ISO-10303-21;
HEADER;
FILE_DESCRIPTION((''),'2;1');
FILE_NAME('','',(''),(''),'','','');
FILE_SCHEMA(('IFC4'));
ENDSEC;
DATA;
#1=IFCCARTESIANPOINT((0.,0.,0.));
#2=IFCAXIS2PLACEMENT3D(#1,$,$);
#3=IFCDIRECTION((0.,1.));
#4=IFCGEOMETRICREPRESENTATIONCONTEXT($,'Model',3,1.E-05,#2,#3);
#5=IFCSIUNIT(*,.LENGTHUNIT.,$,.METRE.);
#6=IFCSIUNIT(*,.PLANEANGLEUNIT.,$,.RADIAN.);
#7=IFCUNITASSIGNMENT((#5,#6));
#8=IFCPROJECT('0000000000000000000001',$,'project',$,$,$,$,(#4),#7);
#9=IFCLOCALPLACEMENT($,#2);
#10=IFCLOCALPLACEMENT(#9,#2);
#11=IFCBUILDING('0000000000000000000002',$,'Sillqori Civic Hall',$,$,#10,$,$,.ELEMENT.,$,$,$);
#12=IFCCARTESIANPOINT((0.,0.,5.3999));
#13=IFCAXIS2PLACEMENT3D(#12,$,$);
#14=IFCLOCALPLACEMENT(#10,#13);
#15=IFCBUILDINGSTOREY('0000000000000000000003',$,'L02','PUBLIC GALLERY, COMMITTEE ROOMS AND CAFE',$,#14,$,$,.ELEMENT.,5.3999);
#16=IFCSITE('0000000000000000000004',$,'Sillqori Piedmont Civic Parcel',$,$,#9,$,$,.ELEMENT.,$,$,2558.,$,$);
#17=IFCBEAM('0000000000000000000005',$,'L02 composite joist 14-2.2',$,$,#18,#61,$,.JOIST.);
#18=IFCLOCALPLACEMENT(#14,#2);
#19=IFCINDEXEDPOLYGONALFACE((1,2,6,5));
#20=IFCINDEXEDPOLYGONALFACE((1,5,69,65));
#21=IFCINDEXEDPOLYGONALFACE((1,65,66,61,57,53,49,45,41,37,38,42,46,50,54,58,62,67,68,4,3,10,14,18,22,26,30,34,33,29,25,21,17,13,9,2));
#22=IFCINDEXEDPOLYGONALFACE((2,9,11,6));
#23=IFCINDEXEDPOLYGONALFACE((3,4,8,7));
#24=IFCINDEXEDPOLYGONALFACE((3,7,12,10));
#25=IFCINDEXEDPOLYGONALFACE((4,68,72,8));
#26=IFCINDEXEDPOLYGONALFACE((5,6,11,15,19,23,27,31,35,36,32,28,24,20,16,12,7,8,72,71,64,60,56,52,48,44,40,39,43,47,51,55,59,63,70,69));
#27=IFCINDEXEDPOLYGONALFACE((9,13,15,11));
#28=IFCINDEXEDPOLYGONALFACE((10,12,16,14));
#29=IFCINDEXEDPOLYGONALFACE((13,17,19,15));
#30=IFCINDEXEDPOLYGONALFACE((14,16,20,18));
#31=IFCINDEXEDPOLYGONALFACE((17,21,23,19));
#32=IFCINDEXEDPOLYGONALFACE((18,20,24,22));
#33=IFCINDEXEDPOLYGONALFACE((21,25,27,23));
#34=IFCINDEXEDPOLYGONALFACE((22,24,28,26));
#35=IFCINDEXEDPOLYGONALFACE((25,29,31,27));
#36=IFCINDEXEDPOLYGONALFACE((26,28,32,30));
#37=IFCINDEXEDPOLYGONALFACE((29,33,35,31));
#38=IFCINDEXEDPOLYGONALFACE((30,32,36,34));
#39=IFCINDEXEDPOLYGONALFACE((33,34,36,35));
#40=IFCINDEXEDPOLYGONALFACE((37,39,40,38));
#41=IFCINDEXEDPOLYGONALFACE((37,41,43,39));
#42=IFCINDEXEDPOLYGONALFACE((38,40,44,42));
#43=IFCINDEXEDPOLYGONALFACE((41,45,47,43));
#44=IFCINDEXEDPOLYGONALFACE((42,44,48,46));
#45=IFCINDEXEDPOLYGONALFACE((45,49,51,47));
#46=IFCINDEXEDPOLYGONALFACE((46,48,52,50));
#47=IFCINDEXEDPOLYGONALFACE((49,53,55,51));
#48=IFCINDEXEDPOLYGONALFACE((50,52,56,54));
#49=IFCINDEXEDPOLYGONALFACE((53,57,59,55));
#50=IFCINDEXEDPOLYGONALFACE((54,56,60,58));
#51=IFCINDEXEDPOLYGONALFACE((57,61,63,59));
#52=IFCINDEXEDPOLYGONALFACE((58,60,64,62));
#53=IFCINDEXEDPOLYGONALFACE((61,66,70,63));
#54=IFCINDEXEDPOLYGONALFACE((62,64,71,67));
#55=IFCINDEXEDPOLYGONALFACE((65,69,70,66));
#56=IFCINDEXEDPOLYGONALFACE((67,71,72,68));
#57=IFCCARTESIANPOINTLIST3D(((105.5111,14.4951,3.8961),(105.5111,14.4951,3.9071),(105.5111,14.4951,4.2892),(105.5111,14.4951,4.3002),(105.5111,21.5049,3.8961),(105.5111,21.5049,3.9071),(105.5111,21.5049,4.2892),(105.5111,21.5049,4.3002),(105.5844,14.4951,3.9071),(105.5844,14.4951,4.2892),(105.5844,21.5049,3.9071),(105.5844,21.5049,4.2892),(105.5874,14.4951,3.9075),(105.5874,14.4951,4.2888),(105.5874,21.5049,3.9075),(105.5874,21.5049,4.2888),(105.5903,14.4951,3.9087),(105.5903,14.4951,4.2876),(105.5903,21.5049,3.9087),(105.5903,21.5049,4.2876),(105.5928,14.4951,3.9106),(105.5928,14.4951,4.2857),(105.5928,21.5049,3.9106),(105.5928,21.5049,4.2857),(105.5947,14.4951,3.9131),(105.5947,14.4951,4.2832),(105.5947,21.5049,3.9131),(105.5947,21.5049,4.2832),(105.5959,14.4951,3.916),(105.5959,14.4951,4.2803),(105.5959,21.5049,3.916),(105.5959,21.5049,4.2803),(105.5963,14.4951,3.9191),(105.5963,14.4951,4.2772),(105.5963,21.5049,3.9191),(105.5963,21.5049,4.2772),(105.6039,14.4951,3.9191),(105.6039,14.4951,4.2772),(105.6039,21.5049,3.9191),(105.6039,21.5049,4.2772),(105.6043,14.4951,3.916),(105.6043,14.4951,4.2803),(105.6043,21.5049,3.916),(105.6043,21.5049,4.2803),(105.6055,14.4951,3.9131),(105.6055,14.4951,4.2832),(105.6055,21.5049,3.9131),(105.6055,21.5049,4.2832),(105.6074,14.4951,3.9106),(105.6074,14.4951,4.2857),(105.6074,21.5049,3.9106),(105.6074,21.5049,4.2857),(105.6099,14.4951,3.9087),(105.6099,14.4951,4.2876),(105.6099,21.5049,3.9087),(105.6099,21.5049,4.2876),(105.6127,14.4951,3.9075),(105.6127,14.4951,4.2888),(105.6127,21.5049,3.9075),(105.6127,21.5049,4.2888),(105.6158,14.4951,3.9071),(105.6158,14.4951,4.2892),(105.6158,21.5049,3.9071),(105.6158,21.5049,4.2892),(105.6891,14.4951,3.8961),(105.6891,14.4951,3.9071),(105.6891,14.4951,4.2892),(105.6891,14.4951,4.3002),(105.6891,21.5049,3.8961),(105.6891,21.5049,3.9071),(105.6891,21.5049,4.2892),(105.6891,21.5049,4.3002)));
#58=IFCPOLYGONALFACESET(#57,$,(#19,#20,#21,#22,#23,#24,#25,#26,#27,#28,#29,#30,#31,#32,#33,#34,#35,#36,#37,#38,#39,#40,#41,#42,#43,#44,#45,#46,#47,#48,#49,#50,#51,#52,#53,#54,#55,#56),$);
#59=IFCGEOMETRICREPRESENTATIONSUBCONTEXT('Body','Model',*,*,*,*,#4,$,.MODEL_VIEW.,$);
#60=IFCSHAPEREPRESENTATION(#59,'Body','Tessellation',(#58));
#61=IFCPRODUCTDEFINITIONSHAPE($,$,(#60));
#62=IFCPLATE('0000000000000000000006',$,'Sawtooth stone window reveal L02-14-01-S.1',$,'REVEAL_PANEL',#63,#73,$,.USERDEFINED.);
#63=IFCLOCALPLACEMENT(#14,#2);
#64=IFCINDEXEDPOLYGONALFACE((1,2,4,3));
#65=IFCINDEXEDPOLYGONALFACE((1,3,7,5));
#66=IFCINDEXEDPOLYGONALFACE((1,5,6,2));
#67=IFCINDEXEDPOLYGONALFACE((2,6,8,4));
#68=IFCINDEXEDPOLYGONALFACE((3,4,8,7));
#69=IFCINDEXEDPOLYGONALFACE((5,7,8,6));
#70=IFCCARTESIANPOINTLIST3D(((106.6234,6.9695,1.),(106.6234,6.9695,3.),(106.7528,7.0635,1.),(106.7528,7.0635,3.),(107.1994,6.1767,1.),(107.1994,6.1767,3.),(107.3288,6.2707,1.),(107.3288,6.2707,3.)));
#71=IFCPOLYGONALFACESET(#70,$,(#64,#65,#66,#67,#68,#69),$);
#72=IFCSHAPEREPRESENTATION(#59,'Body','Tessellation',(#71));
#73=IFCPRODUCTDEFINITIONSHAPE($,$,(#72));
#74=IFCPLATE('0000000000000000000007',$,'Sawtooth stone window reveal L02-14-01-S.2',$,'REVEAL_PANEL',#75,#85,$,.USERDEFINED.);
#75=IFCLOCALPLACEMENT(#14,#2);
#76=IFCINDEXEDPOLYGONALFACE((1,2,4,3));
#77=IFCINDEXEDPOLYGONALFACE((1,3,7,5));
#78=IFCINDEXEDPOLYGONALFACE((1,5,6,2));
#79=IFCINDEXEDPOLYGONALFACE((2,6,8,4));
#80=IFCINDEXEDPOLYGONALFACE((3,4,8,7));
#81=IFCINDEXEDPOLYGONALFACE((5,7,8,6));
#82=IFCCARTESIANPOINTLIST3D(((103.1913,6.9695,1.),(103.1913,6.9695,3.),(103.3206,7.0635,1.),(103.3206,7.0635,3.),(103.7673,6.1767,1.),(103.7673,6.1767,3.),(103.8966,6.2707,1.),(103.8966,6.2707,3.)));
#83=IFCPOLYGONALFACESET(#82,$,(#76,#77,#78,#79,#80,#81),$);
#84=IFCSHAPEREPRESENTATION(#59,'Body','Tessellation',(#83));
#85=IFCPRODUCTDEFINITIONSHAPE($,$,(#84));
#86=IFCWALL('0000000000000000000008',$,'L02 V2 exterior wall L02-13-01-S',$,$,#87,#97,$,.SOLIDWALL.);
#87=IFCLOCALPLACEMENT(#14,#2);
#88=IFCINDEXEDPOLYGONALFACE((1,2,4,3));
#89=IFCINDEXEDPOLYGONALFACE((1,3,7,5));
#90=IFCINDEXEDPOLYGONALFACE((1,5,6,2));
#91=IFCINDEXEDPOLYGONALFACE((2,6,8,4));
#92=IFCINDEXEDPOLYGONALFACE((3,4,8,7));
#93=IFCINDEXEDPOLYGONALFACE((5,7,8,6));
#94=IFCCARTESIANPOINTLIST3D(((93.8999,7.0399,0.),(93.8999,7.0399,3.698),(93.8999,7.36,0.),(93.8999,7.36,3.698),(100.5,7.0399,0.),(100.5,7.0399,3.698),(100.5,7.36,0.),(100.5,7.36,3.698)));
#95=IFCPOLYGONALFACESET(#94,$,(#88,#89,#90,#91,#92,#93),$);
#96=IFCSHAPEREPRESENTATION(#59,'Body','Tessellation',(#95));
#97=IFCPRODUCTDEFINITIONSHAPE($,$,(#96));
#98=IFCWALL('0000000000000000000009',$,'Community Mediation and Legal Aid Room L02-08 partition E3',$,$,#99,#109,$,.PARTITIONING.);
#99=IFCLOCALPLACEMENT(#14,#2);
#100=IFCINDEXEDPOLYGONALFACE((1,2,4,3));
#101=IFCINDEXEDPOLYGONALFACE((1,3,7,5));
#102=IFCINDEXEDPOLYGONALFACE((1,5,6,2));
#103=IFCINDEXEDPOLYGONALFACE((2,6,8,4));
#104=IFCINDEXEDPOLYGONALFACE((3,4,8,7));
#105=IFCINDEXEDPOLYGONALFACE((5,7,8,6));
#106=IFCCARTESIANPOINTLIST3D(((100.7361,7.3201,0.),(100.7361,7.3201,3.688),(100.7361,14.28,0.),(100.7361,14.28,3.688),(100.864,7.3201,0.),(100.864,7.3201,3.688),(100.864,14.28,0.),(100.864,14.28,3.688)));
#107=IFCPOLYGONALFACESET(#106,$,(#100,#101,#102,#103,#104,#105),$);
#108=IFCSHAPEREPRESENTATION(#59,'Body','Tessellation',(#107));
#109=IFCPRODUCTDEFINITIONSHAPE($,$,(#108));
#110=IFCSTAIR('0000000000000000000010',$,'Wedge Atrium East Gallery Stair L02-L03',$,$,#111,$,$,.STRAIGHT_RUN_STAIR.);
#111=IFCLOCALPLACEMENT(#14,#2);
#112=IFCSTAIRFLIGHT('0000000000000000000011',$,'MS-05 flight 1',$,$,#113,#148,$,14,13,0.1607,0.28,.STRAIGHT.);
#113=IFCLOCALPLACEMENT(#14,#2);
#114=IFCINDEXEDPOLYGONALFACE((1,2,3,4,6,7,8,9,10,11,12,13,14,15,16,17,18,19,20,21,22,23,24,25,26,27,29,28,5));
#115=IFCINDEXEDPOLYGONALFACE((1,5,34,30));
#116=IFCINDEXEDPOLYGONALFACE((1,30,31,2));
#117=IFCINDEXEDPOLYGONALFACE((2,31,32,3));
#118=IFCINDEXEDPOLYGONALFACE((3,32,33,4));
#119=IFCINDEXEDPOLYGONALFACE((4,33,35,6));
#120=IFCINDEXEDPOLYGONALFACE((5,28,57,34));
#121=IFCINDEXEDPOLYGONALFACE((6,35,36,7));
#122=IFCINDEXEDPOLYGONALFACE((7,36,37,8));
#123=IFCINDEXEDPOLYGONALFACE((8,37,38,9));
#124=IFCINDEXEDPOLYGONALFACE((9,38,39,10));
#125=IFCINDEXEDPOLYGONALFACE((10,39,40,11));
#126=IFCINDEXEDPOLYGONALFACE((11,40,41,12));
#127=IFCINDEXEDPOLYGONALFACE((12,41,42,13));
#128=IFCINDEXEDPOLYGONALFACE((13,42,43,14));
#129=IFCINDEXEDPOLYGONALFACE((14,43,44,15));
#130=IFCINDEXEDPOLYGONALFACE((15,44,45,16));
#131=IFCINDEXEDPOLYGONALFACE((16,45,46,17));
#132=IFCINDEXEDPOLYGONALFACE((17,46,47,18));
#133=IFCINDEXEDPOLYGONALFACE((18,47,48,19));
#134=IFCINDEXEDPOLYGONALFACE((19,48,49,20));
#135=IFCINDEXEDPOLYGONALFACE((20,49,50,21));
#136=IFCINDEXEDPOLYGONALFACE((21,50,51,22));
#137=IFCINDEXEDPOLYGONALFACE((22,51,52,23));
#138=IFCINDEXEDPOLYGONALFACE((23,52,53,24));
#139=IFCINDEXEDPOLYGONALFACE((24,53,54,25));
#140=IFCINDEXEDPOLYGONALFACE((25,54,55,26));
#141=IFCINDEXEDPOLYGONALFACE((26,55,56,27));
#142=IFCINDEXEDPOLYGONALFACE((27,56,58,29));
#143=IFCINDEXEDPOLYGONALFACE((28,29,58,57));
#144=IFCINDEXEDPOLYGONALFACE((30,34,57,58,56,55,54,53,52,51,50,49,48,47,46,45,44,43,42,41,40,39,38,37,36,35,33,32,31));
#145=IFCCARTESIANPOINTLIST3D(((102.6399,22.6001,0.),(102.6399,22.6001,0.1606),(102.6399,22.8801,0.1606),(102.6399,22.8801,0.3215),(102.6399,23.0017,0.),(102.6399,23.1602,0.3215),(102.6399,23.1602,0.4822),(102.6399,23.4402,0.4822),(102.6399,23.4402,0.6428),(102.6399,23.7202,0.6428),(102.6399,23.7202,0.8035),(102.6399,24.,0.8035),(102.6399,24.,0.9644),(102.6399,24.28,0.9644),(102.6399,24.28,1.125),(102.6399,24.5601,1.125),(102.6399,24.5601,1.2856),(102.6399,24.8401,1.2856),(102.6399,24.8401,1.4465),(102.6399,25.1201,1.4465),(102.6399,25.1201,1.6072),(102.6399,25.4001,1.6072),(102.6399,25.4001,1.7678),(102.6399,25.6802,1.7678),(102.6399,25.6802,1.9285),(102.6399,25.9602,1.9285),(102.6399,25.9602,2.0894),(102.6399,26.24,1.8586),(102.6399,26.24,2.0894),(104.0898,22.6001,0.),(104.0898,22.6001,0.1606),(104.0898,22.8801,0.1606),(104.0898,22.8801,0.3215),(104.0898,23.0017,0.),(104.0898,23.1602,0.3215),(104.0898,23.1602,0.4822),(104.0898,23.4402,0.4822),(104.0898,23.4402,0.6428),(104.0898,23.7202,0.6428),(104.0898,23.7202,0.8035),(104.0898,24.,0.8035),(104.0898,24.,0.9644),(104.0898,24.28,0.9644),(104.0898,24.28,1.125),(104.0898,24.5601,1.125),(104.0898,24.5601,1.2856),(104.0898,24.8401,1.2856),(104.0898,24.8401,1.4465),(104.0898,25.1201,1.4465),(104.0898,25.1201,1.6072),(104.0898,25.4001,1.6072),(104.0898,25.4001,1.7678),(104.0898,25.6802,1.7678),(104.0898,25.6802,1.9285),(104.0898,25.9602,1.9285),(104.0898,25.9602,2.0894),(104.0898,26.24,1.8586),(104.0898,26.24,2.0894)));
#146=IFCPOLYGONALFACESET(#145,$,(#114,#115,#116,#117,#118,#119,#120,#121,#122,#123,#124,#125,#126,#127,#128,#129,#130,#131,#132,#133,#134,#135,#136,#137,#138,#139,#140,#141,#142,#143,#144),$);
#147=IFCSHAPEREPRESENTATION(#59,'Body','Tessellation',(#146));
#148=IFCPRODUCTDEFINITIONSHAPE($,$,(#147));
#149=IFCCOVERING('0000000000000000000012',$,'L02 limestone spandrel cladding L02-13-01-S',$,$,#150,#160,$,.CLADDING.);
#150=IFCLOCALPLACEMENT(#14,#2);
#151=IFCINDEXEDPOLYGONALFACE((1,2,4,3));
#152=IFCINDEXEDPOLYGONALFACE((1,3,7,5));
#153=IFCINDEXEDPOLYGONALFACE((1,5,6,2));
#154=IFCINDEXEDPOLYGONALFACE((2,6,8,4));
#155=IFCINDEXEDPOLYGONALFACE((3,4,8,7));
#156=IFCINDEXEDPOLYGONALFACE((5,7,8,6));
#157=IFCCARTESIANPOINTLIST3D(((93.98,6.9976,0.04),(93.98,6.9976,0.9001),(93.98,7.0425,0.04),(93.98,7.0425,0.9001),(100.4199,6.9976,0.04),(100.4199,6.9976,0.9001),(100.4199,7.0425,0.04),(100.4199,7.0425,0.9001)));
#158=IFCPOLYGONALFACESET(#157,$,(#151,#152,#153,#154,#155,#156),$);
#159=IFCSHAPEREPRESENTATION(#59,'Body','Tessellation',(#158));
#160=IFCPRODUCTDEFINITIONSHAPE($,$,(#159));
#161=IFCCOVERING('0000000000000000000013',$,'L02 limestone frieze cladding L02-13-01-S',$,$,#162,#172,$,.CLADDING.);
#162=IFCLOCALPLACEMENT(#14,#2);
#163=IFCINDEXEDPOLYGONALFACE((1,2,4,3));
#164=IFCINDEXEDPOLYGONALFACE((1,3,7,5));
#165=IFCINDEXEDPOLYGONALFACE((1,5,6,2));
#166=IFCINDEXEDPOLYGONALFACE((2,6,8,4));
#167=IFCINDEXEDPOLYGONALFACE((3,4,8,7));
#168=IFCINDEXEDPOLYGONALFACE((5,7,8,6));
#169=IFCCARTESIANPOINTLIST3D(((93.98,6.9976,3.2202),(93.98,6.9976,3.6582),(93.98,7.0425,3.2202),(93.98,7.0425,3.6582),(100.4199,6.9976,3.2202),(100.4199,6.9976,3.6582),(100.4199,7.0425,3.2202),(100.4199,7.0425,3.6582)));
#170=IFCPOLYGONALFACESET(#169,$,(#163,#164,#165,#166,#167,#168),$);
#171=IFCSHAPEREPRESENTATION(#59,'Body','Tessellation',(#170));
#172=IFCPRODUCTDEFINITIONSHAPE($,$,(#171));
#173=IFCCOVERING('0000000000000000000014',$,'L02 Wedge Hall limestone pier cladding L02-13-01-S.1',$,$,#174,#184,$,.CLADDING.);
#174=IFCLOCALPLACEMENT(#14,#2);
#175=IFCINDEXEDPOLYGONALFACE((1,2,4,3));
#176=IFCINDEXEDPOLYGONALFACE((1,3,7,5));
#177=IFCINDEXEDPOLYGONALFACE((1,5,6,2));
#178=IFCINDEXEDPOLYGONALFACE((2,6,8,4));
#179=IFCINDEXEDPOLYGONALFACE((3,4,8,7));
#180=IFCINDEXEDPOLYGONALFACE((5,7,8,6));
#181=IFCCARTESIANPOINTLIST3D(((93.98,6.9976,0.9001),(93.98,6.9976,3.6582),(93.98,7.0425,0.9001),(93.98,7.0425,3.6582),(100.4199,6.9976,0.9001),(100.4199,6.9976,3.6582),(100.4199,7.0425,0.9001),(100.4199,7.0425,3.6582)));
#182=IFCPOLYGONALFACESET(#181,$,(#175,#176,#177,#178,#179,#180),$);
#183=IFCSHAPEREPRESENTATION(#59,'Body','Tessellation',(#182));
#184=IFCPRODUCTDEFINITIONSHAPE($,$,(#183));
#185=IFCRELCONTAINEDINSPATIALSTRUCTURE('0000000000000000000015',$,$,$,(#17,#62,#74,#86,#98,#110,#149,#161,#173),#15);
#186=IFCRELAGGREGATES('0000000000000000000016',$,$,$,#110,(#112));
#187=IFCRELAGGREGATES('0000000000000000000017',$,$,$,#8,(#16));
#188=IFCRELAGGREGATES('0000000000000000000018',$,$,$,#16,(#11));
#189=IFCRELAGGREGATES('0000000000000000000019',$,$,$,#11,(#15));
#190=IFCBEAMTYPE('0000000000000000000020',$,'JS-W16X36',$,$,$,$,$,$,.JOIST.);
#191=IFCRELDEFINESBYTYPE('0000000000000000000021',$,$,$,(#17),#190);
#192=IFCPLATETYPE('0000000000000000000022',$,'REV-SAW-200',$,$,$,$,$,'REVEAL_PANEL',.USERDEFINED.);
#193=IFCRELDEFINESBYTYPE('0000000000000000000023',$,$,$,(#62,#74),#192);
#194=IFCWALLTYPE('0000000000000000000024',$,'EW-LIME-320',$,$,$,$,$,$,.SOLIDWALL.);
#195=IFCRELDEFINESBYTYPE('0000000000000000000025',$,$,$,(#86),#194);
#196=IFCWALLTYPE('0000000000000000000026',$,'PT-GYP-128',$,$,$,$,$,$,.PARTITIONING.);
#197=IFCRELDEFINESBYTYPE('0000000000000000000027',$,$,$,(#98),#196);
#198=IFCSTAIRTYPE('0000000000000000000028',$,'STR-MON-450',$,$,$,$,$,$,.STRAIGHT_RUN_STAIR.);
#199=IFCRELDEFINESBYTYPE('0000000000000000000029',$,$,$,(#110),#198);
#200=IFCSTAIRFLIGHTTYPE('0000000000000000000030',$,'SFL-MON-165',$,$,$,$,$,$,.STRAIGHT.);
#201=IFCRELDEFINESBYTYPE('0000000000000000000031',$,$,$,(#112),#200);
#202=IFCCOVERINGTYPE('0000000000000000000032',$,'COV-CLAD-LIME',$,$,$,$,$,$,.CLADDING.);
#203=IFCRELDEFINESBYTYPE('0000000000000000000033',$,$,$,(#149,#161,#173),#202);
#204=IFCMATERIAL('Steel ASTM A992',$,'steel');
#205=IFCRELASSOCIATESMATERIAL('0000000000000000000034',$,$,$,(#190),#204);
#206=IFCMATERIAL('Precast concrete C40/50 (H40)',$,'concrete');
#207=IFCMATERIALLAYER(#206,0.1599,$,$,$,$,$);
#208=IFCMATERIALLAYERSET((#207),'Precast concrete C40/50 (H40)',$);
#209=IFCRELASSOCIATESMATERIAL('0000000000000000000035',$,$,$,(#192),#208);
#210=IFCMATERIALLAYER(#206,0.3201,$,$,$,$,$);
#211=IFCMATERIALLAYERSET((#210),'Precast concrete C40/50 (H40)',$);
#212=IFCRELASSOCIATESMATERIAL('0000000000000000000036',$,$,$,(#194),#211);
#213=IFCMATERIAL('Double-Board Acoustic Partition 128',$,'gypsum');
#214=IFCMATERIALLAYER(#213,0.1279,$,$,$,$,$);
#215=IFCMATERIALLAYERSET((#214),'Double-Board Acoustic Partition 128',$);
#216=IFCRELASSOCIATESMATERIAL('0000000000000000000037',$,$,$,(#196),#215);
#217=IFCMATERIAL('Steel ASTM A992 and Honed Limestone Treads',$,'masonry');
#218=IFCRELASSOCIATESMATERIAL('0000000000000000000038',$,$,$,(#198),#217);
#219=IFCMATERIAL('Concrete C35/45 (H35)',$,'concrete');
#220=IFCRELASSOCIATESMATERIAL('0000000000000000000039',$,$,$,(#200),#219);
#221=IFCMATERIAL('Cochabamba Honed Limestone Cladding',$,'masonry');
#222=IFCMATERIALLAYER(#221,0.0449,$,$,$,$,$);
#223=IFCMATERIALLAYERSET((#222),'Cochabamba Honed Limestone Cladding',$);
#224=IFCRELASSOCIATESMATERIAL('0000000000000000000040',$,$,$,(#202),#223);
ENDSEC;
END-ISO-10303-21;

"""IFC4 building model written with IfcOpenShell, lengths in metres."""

from ifc_helpers import new_model, si_unit, direction, frame, frame_2d, origin, origin_2d, place, context, subcontext, project, spatial, polyline, rectangle, i_section, outline, extrude, material, layer, layer_set, material_profile, profile_set, type_object, element, aggregate, save


model = new_model("IFC4")

# Units and contexts
model_context = context("Model", 3, precision=1e-05, world=origin(), true_north=direction((0.0, 1.0)))
body_context = subcontext(model_context, "Body", "Model", "MODEL_VIEW")
ifc_project = project(units=[si_unit("LENGTHUNIT", "METRE"), si_unit("PLANEANGLEUNIT", "RADIAN")], contexts=[model_context])

# Site, building, storey
site_placement = place(None, origin())
site = spatial("IfcSite", under=ifc_project, at=site_placement, Name="Sillqori Piedmont Civic Parcel", CompositionType="ELEMENT", RefElevation=2558.0)
building_placement = place(site_placement, origin())
building = spatial("IfcBuilding", under=site, at=building_placement, Name="Sillqori Civic Hall", CompositionType="ELEMENT")
storey_placement = place(building_placement, frame((0.0, 0.0, 5.3999)))
storey = spatial("IfcBuildingStorey", under=building, at=storey_placement, Name="L02", Description="PUBLIC GALLERY, COMMITTEE ROOMS AND CAFE", CompositionType="ELEMENT", Elevation=5.3999)

# Shared definitions
ifc_material_1 = material(Name="Concrete C35/45 (H35)", Category="concrete")
ifc_material_2 = material(Name="Steel ASTM A992", Category="steel")

# Beam
ifc_material_profile_1 = material_profile(ifc_material_2, i_section(OverallWidth=0.178, OverallDepth=0.4041, WebThickness=0.0076, FlangeThickness=0.011, FilletRadius=0.012, at=origin_2d()), Name="W16X36")
ifc_profile_set_1 = profile_set([ifc_material_profile_1], Name="Steel ASTM A992")
beam_type_1 = type_object("IfcBeamType", Name="JS-W16X36", PredefinedType="JOIST", material=ifc_profile_set_1)
for number, where, z_axis, x_axis, name in (
    (1, (105.6001, 14.4951, 4.0981), (0.0, 1.0, 0.0), (-1.0, 0.0, 0.0), "L02 composite joist 14-2.2"),
):
    element("IfcBeam", number, at=place(storey_placement, frame(where, z_axis=z_axis, x_axis=x_axis)), inside=storey, type_object=beam_type_1, Name=name, PredefinedType="JOIST", context=body_context, shape_type="SweptSolid", body=[
        extrude(i_section(OverallWidth=0.178, OverallDepth=0.4041, WebThickness=0.0076, FlangeThickness=0.011, FilletRadius=0.012, at=origin_2d()), origin(), (0.0, 0.0, 1.0), 7.0098),
    ])

# Plates
ifc_material_3 = material(Name="Precast concrete C40/50 (H40)", Category="concrete")
ifc_layer_1 = layer(ifc_material_3, 0.1599)
ifc_layer_set_1 = layer_set([ifc_layer_1], Name="Precast concrete C40/50 (H40)")
plate_type = type_object("IfcPlateType", Name="REV-SAW-200", ElementType="REVEAL_PANEL", PredefinedType="USERDEFINED", material=ifc_layer_set_1)
for number, where, z_axis, x_axis, name in (
    (2, (106.9761, 6.6201, 1.0), (0.0, 0.0, 1.0), (-0.809017, -0.587785, 0.0), "Sawtooth stone window reveal L02-14-01-S.1"),
    (3, (103.5439, 6.6201, 1.0), (0.0, 0.0, 1.0), (-0.809017, -0.587785, 0.0), "Sawtooth stone window reveal L02-14-01-S.2"),
):
    element("IfcPlate", number, at=place(storey_placement, frame(where, z_axis=z_axis, x_axis=x_axis)), inside=storey, type_object=plate_type, Name=name, ObjectType="REVEAL_PANEL", PredefinedType="USERDEFINED", context=body_context, shape_type="SweptSolid", body=[
        extrude(rectangle(XDim=0.1599, YDim=0.98, at=origin_2d()), origin(), (0.0, 0.0, 1.0), 2.0),
    ])

# Walls
ifc_layer_2 = layer(ifc_material_3, 0.3201)
ifc_layer_set_2 = layer_set([ifc_layer_2], Name="Precast concrete C40/50 (H40)")
wall_type_1 = type_object("IfcWallType", Name="EW-LIME-320", PredefinedType="SOLIDWALL", material=ifc_layer_set_2)
wall_1_placement = place(storey_placement, frame((100.5, 7.2, 0.0), z_axis=(0.0, 0.0, 1.0), x_axis=(-1.0, 0.0, 0.0)))
element("IfcWall", 4, at=wall_1_placement, inside=storey, type_object=wall_type_1, Name="L02 V2 exterior wall L02-13-01-S", PredefinedType="SOLIDWALL", context=body_context, shape_type="SweptSolid", body=[
    extrude(rectangle(XDim=6.6001, YDim=0.3201, at=frame_2d((3.3, 0.0))), origin(), (0.0, 0.0, 1.0), 3.698),
])
ifc_material_4 = material(Name="Double-Board Acoustic Partition 128", Category="gypsum")
ifc_layer_3 = layer(ifc_material_4, 0.1279)
ifc_layer_set_3 = layer_set([ifc_layer_3], Name="Double-Board Acoustic Partition 128")
wall_type_2 = type_object("IfcWallType", Name="PT-GYP-128", PredefinedType="PARTITIONING", material=ifc_layer_set_3)
wall_2_placement = place(storey_placement, frame((100.8, 14.28, 0.0), z_axis=(0.0, 0.0, 1.0), x_axis=(0.0, -1.0, 0.0)))
element("IfcWall", 5, at=wall_2_placement, inside=storey, type_object=wall_type_2, Name="Community Mediation and Legal Aid Room L02-08 partition E3", PredefinedType="PARTITIONING", context=body_context, shape_type="SweptSolid", body=[
    extrude(rectangle(XDim=6.96, YDim=0.1279, at=frame_2d((3.48, 0.0))), origin(), (0.0, 0.0, 1.0), 3.688),
])

# Stair, stair flight
ifc_material_5 = material(Name="Steel ASTM A992 and Honed Limestone Treads", Category="masonry")
stair_type = type_object("IfcStairType", Name="STR-MON-450", PredefinedType="STRAIGHT_RUN_STAIR", material=ifc_material_5)
stair_placement = place(storey_placement, origin())
stair = element("IfcStair", 6, at=stair_placement, inside=storey, type_object=stair_type, Name="Wedge Atrium East Gallery Stair L02-L03", PredefinedType="STRAIGHT_RUN_STAIR")
stair_flight_type = type_object("IfcStairFlightType", Name="SFL-MON-165", PredefinedType="STRAIGHT", material=ifc_material_1)
stair_flight_placement = place(storey_placement, frame((103.365, 22.6001, 0.0), z_axis=(0.0, 0.0, 1.0), x_axis=(0.0, 1.0, 0.0)))
stair_flight = element("IfcStairFlight", 7, at=stair_flight_placement, type_object=stair_flight_type, Name="MS-05 flight 1", NumberOfRisers=14, NumberOfTreads=13, PredefinedType="STRAIGHT", RiserHeight=0.1607, TreadLength=0.28, context=body_context, shape_type="SweptSolid", body=[
    extrude(outline(polyline([(0.0, 0.0), (0.0, 0.1606), (0.28, 0.1606), (0.28, 0.3215), (0.5601, 0.3215), (0.5601, 0.4822), (0.8401, 0.4822), (0.8401, 0.6428), (1.1201, 0.6428), (1.1201, 0.8035), (1.3999, 0.8035), (1.3999, 0.9644), (1.6799, 0.9644), (1.6799, 1.125), (1.96, 1.125), (1.96, 1.2856), (2.24, 1.2856), (2.24, 1.4465), (2.52, 1.4465), (2.52, 1.6072), (2.8, 1.6072), (2.8, 1.7678), (3.0801, 1.7678), (3.0801, 1.9285), (3.3601, 1.9285), (3.3601, 2.0894), (3.6399, 2.0894), (3.6399, 2.25), (3.6399, 1.8586), (0.4016, 0.0), (0.0, 0.0)])), frame((0.0, 0.7251, 0.0), z_axis=(0.0, -1.0, 0.0), x_axis=(1.0, 0.0, 0.0)), (0.0, 0.0, 1.0), 1.45),
])
aggregate(stair, [stair_flight])

# Coverings
ifc_material_6 = material(Name="Cochabamba Honed Limestone Cladding", Category="masonry")
ifc_layer_4 = layer(ifc_material_6, 0.0449)
ifc_layer_set_4 = layer_set([ifc_layer_4], Name="Cochabamba Honed Limestone Cladding")
covering_type = type_object("IfcCoveringType", Name="COV-CLAD-LIME", PredefinedType="CLADDING", material=ifc_layer_set_4)
covering_1_placement = place(storey_placement, frame((100.4199, 7.02, 0.04), z_axis=(0.0, 0.0, 1.0), x_axis=(-1.0, 0.0, 0.0)))
element("IfcCovering", 8, at=covering_1_placement, inside=storey, type_object=covering_type, Name="L02 limestone spandrel cladding L02-13-01-S", PredefinedType="CLADDING", context=body_context, shape_type="SweptSolid", body=[
    extrude(rectangle(XDim=6.4399, YDim=0.0449, at=frame_2d((3.22, 0.0))), origin(), (0.0, 0.0, 1.0), 0.8601),
])
covering_2_placement = place(storey_placement, frame((100.4199, 7.02, 3.2202), z_axis=(0.0, 0.0, 1.0), x_axis=(-1.0, 0.0, 0.0)))
element("IfcCovering", 9, at=covering_2_placement, inside=storey, type_object=covering_type, Name="L02 limestone frieze cladding L02-13-01-S", PredefinedType="CLADDING", context=body_context, shape_type="SweptSolid", body=[
    extrude(rectangle(XDim=6.4399, YDim=0.0449, at=frame_2d((3.22, 0.0))), origin(), (0.0, 0.0, 1.0), 0.438),
])
covering_3_placement = place(storey_placement, frame((100.4199, 7.02, 0.9001), z_axis=(0.0, 0.0, 1.0), x_axis=(-1.0, 0.0, 0.0)))
element("IfcCovering", 10, at=covering_3_placement, inside=storey, type_object=covering_type, Name="L02 Wedge Hall limestone pier cladding L02-13-01-S.1", PredefinedType="CLADDING", context=body_context, shape_type="SweptSolid", body=[
    extrude(rectangle(XDim=6.4399, YDim=0.0449, at=frame_2d((3.22, 0.0))), origin(), (0.0, 0.0, 1.0), 2.7581),
])

save(model, "model.ifc")
